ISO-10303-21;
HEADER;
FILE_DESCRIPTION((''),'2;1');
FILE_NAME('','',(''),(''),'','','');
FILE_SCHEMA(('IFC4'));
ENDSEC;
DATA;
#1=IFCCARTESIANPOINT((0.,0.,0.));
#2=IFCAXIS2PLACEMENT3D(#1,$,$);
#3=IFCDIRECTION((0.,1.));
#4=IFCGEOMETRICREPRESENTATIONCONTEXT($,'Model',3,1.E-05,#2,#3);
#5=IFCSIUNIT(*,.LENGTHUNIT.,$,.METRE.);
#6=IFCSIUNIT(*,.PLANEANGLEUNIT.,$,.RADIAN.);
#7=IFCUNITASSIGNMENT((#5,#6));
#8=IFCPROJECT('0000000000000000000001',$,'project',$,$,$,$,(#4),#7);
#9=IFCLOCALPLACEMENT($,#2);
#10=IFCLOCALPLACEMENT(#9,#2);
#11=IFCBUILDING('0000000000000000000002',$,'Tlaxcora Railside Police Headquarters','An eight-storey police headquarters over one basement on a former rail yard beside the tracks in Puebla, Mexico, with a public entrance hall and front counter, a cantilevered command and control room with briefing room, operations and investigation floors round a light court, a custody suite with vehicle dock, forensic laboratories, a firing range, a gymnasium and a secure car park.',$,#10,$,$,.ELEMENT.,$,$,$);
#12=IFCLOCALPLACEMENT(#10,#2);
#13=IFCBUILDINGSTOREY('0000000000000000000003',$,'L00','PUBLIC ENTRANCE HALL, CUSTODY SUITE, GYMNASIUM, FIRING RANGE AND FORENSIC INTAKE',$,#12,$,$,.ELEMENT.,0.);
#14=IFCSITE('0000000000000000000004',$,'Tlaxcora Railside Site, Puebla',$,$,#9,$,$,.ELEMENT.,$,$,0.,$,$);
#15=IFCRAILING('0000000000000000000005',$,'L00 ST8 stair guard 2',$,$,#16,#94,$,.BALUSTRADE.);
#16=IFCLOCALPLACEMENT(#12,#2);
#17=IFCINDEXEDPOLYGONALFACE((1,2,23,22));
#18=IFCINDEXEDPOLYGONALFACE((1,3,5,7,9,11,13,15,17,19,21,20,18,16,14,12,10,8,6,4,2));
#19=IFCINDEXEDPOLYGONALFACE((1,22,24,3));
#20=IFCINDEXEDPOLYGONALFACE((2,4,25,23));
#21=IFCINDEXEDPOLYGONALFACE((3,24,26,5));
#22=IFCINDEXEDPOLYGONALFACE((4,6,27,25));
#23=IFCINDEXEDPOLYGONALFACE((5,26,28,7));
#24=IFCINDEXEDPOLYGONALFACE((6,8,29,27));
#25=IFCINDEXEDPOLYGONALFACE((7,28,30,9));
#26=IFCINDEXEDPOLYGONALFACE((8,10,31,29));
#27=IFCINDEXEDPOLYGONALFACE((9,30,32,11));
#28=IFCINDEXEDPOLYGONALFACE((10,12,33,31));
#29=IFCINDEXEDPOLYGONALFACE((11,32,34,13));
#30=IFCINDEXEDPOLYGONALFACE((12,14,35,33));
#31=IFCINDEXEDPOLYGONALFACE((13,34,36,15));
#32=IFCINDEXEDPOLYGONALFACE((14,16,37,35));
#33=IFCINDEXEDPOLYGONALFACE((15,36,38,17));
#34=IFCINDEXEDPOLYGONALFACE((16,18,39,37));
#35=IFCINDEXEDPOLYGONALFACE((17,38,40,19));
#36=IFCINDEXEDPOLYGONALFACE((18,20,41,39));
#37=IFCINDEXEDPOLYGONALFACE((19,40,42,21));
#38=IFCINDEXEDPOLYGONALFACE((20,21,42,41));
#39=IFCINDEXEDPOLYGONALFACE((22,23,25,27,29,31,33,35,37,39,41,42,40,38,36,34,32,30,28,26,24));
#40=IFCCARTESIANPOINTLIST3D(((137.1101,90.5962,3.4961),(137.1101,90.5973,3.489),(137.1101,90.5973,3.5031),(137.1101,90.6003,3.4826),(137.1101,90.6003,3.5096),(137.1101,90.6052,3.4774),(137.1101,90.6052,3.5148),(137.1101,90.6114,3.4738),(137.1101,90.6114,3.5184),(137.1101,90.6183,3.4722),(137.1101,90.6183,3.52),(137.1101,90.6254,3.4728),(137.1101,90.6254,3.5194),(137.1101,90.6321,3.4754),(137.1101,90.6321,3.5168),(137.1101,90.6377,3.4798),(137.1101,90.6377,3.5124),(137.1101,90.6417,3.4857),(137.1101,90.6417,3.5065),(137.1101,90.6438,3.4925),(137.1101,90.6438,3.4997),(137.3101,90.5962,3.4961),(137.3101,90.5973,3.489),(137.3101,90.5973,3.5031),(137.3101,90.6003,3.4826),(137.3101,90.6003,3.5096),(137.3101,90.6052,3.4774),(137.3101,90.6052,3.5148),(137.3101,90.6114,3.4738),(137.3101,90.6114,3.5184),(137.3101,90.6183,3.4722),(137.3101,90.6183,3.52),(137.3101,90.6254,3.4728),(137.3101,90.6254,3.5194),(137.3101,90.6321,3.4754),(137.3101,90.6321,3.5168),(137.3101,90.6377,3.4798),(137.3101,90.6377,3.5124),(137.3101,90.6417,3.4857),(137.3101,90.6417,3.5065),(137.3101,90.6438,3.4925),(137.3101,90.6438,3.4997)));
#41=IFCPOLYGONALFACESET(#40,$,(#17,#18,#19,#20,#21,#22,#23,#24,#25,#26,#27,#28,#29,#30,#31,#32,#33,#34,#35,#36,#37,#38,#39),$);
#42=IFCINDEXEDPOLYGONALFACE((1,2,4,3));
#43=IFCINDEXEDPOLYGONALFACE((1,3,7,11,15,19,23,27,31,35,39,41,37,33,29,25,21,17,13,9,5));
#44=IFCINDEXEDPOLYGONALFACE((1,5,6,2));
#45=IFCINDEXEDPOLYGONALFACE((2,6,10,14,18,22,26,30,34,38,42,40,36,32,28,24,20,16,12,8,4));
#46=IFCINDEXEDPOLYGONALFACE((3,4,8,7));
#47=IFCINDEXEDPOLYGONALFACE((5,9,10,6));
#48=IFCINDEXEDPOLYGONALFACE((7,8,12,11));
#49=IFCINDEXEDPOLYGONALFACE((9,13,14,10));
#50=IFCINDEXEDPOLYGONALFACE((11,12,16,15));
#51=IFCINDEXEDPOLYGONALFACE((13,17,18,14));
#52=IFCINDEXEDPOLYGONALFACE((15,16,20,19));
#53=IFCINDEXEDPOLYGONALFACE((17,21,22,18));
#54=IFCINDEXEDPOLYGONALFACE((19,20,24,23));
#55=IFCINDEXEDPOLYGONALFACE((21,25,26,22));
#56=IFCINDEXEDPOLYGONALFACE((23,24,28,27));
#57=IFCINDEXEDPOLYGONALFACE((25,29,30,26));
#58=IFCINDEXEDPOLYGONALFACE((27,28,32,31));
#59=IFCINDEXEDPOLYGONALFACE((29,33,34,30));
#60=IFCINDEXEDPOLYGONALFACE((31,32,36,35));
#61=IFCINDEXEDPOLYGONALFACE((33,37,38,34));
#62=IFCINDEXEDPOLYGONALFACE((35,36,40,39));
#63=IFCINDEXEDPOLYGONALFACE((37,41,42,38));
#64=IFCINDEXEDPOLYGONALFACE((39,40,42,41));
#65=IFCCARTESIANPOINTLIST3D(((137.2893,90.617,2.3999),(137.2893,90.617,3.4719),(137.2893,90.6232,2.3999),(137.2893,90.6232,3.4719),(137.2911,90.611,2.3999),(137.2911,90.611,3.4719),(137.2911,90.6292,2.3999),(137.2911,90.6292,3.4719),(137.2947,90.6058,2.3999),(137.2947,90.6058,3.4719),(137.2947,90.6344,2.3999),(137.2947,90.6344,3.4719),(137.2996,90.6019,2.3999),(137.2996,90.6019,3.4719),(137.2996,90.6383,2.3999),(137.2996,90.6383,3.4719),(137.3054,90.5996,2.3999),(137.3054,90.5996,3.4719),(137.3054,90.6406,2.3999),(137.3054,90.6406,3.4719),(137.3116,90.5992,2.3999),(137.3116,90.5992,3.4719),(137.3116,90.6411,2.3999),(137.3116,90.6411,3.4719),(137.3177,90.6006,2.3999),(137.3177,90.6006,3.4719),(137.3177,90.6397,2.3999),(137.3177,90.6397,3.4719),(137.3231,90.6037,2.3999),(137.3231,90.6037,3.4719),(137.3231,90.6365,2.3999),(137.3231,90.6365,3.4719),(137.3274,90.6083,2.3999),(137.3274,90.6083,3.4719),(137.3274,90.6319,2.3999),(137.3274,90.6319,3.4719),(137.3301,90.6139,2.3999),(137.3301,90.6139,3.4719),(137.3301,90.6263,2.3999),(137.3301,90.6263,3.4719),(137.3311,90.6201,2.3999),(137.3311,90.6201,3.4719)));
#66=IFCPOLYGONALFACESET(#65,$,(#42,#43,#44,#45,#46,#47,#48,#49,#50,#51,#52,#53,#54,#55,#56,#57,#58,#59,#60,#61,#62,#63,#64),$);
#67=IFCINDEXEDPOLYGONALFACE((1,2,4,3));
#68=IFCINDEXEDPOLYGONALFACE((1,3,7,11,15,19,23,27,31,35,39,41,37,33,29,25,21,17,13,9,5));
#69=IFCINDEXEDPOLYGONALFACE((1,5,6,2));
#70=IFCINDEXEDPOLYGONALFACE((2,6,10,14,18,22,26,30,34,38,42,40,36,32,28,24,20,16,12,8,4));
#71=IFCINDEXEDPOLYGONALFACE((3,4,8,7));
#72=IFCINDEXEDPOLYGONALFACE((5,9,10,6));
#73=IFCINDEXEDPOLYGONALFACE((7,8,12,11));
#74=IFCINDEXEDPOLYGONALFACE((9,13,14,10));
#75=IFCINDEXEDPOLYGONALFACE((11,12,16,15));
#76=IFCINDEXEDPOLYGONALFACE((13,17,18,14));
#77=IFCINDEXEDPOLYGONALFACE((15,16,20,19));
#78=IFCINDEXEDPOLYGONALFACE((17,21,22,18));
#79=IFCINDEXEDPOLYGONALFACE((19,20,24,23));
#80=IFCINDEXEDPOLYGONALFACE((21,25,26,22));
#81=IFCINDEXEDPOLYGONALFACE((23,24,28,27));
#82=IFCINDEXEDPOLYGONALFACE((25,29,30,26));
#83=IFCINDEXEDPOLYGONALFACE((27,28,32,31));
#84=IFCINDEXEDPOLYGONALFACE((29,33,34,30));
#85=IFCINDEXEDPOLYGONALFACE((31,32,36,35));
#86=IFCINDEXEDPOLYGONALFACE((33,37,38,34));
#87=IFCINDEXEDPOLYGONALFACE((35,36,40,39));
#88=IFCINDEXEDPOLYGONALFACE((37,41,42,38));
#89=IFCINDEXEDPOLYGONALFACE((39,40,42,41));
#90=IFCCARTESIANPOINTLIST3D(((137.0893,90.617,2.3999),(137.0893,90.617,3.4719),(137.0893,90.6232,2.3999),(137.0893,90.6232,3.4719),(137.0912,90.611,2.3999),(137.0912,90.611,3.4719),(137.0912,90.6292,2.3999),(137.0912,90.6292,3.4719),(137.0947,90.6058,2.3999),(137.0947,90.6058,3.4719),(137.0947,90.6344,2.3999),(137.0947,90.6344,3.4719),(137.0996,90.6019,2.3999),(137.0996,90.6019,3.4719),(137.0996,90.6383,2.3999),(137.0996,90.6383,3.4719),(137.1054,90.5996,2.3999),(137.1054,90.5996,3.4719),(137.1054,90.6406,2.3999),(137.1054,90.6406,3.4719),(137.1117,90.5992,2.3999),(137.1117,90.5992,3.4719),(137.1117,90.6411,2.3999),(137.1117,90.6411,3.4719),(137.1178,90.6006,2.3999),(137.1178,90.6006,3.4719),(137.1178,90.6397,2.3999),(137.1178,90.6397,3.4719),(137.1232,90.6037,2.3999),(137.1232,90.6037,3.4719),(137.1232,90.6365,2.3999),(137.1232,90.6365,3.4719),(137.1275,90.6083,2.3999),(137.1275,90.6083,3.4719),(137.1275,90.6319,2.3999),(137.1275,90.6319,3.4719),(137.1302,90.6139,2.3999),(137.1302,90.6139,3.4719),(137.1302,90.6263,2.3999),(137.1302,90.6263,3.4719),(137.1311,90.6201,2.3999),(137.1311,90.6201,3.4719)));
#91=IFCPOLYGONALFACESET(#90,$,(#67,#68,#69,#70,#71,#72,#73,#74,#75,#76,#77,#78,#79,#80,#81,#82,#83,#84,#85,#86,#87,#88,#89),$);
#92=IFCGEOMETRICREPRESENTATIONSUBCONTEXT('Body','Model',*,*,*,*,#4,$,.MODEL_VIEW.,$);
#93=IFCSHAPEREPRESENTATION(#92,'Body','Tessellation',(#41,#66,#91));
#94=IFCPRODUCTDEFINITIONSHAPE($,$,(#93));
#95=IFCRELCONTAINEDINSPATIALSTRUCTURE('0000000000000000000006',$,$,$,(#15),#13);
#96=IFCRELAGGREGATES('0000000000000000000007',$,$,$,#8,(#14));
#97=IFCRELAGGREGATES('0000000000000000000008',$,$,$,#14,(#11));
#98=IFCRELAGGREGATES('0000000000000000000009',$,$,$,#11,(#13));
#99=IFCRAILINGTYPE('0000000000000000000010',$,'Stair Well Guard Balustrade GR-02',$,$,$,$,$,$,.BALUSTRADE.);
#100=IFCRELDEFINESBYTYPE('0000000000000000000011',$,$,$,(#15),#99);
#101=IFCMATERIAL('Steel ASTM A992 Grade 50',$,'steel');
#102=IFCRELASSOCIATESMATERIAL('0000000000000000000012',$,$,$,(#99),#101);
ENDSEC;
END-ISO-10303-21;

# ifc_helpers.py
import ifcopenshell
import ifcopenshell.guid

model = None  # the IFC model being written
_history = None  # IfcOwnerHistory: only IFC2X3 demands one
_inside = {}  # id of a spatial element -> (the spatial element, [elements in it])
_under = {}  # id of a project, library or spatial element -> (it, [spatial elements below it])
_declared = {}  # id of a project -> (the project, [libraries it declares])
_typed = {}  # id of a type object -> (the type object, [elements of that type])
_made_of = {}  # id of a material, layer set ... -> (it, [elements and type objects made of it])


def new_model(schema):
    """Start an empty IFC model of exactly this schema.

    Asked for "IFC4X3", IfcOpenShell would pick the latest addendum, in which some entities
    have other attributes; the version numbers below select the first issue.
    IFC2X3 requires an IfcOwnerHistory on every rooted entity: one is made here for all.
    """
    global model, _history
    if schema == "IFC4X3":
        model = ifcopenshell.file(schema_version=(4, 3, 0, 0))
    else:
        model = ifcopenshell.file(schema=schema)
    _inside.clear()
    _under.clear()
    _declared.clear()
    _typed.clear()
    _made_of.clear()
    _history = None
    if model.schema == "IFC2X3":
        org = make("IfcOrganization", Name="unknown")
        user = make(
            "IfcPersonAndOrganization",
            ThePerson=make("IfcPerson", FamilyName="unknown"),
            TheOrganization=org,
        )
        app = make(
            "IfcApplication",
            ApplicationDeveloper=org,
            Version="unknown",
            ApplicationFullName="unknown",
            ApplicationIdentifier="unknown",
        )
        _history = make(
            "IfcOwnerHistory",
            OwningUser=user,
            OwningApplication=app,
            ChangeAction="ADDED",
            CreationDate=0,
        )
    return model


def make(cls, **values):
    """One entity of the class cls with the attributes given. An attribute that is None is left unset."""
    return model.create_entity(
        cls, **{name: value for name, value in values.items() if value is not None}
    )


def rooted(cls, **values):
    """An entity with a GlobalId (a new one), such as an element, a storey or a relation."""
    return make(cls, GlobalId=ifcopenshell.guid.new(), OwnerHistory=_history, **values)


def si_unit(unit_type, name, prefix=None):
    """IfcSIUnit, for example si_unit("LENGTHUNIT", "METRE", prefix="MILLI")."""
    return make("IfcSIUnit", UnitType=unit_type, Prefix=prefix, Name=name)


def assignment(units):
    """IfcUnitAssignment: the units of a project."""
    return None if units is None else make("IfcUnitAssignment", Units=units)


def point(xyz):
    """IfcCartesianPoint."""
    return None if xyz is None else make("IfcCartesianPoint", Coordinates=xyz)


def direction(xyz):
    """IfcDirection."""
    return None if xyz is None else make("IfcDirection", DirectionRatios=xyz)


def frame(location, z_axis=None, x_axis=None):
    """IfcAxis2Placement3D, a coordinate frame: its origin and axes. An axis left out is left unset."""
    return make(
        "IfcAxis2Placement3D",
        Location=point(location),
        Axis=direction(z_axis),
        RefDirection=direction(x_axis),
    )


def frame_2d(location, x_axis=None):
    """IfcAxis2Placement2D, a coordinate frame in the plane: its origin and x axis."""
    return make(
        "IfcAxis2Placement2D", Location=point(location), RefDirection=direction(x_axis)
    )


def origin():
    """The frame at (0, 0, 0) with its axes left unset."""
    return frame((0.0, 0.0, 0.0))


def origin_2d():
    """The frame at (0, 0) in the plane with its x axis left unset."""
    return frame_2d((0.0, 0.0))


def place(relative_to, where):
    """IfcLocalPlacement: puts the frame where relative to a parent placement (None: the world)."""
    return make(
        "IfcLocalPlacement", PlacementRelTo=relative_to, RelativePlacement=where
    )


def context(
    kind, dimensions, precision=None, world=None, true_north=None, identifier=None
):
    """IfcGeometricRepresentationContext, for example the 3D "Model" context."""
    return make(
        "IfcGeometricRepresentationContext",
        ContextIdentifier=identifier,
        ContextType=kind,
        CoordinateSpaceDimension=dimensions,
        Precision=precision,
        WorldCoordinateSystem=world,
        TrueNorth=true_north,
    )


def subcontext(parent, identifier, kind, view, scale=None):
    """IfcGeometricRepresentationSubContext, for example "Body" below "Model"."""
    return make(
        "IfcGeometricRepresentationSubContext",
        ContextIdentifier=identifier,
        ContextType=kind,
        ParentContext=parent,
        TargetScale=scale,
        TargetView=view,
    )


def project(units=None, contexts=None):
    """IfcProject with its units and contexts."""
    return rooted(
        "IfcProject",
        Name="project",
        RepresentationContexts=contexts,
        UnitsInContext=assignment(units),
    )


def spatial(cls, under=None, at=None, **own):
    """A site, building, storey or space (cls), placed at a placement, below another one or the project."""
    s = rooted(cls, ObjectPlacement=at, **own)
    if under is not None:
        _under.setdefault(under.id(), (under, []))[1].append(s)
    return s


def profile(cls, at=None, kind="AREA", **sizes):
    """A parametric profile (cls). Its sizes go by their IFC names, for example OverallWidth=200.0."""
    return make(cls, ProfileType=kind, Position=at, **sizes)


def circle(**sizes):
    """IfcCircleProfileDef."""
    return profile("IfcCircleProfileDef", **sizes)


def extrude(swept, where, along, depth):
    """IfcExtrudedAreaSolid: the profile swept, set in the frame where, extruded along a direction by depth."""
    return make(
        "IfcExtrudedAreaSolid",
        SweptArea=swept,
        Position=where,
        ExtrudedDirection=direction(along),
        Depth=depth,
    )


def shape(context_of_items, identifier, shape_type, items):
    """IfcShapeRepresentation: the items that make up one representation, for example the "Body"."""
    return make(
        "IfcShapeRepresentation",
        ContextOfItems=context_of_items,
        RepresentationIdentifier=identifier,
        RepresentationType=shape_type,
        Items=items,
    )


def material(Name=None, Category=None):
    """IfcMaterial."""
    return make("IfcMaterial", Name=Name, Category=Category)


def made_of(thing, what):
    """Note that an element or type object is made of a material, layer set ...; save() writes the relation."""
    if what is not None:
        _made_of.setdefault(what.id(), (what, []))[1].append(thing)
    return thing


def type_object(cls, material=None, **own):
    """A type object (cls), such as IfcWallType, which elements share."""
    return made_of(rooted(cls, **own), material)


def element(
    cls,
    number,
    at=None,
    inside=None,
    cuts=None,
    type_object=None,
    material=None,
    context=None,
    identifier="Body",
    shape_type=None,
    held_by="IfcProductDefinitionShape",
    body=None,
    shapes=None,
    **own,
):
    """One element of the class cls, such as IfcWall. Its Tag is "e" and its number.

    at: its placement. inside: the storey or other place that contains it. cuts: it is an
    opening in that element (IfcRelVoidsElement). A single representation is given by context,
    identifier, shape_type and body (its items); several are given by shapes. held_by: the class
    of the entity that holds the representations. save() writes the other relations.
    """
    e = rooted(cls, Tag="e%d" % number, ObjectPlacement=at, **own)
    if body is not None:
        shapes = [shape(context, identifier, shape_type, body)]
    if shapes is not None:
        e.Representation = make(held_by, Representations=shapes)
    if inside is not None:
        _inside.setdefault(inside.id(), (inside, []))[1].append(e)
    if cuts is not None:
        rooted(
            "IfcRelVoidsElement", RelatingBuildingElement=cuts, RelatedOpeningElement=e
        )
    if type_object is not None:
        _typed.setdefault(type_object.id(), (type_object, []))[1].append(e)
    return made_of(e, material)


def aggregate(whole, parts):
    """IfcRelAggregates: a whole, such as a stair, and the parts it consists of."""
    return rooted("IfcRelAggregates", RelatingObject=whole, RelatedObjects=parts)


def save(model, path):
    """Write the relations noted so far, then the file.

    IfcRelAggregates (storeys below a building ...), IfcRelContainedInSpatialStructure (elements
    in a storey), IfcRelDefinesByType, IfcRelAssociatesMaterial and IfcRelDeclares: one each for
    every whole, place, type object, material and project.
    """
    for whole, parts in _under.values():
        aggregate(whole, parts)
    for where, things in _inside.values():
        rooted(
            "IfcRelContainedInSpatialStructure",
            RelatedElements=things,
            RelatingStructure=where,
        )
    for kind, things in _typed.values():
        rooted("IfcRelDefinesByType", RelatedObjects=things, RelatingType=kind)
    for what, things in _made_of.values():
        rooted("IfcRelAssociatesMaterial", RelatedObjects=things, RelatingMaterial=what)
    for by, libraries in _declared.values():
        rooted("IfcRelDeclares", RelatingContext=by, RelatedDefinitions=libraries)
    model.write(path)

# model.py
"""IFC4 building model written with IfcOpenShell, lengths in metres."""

from ifc_helpers import new_model, si_unit, direction, frame, origin, origin_2d, place, context, subcontext, project, spatial, circle, extrude, material, type_object, element, save


model = new_model("IFC4")

# Units and contexts
model_context = context("Model", 3, precision=1e-05, world=origin(), true_north=direction((0.0, 1.0)))
body_context = subcontext(model_context, "Body", "Model", "MODEL_VIEW")
ifc_project = project(units=[si_unit("LENGTHUNIT", "METRE"), si_unit("PLANEANGLEUNIT", "RADIAN")], contexts=[model_context])

# Site, building, storey
site_placement = place(None, origin())
site = spatial("IfcSite", under=ifc_project, at=site_placement, Name="Tlaxcora Railside Site, Puebla", CompositionType="ELEMENT", RefElevation=0.0)
building_placement = place(site_placement, origin())
building = spatial("IfcBuilding", under=site, at=building_placement, Name="Tlaxcora Railside Police Headquarters", Description="An eight-storey police headquarters over one basement on a former rail yard beside the tracks in Puebla, Mexico, with a public entrance hall and front counter, a cantilevered command and control room with briefing room, operations and investigation floors round a light court, a custody suite with vehicle dock, forensic laboratories, a firing range, a gymnasium and a secure car park.", CompositionType="ELEMENT")
storey_placement = place(building_placement, origin())
storey = spatial("IfcBuildingStorey", under=building, at=storey_placement, Name="L00", Description="PUBLIC ENTRANCE HALL, CUSTODY SUITE, GYMNASIUM, FIRING RANGE AND FORENSIC INTAKE", CompositionType="ELEMENT", Elevation=0.0)

# Shared definitions
ifc_material_1 = material(Name="Steel ASTM A992 Grade 50", Category="steel")

# Railing
railing_type_1 = type_object("IfcRailingType", Name="Stair Well Guard Balustrade GR-02", PredefinedType="BALUSTRADE", material=ifc_material_1)
railing_1_placement = place(storey_placement, frame((137.3101, 90.6201, 2.3999)))
element("IfcRailing", 1, at=railing_1_placement, inside=storey, type_object=railing_type_1, Name="L00 ST8 stair guard 2", PredefinedType="BALUSTRADE", context=body_context, shape_type="SweptSolid", body=[
    extrude(circle(Radius=0.0239, at=origin_2d()), frame((0.0, 0.0, 1.0962), z_axis=(-1.0, 0.0, 0.0), x_axis=(0.0, -1.0, 0.0)), (0.0, 0.0, 1.0), 0.2),
    extrude(circle(Radius=0.021, at=origin_2d()), origin(), (0.0, 0.0, 1.0), 1.072),
    extrude(circle(Radius=0.021, at=origin_2d()), frame((-0.2, 0.0, 0.0)), (0.0, 0.0, 1.0), 1.072),
])

save(model, "model.ifc")
